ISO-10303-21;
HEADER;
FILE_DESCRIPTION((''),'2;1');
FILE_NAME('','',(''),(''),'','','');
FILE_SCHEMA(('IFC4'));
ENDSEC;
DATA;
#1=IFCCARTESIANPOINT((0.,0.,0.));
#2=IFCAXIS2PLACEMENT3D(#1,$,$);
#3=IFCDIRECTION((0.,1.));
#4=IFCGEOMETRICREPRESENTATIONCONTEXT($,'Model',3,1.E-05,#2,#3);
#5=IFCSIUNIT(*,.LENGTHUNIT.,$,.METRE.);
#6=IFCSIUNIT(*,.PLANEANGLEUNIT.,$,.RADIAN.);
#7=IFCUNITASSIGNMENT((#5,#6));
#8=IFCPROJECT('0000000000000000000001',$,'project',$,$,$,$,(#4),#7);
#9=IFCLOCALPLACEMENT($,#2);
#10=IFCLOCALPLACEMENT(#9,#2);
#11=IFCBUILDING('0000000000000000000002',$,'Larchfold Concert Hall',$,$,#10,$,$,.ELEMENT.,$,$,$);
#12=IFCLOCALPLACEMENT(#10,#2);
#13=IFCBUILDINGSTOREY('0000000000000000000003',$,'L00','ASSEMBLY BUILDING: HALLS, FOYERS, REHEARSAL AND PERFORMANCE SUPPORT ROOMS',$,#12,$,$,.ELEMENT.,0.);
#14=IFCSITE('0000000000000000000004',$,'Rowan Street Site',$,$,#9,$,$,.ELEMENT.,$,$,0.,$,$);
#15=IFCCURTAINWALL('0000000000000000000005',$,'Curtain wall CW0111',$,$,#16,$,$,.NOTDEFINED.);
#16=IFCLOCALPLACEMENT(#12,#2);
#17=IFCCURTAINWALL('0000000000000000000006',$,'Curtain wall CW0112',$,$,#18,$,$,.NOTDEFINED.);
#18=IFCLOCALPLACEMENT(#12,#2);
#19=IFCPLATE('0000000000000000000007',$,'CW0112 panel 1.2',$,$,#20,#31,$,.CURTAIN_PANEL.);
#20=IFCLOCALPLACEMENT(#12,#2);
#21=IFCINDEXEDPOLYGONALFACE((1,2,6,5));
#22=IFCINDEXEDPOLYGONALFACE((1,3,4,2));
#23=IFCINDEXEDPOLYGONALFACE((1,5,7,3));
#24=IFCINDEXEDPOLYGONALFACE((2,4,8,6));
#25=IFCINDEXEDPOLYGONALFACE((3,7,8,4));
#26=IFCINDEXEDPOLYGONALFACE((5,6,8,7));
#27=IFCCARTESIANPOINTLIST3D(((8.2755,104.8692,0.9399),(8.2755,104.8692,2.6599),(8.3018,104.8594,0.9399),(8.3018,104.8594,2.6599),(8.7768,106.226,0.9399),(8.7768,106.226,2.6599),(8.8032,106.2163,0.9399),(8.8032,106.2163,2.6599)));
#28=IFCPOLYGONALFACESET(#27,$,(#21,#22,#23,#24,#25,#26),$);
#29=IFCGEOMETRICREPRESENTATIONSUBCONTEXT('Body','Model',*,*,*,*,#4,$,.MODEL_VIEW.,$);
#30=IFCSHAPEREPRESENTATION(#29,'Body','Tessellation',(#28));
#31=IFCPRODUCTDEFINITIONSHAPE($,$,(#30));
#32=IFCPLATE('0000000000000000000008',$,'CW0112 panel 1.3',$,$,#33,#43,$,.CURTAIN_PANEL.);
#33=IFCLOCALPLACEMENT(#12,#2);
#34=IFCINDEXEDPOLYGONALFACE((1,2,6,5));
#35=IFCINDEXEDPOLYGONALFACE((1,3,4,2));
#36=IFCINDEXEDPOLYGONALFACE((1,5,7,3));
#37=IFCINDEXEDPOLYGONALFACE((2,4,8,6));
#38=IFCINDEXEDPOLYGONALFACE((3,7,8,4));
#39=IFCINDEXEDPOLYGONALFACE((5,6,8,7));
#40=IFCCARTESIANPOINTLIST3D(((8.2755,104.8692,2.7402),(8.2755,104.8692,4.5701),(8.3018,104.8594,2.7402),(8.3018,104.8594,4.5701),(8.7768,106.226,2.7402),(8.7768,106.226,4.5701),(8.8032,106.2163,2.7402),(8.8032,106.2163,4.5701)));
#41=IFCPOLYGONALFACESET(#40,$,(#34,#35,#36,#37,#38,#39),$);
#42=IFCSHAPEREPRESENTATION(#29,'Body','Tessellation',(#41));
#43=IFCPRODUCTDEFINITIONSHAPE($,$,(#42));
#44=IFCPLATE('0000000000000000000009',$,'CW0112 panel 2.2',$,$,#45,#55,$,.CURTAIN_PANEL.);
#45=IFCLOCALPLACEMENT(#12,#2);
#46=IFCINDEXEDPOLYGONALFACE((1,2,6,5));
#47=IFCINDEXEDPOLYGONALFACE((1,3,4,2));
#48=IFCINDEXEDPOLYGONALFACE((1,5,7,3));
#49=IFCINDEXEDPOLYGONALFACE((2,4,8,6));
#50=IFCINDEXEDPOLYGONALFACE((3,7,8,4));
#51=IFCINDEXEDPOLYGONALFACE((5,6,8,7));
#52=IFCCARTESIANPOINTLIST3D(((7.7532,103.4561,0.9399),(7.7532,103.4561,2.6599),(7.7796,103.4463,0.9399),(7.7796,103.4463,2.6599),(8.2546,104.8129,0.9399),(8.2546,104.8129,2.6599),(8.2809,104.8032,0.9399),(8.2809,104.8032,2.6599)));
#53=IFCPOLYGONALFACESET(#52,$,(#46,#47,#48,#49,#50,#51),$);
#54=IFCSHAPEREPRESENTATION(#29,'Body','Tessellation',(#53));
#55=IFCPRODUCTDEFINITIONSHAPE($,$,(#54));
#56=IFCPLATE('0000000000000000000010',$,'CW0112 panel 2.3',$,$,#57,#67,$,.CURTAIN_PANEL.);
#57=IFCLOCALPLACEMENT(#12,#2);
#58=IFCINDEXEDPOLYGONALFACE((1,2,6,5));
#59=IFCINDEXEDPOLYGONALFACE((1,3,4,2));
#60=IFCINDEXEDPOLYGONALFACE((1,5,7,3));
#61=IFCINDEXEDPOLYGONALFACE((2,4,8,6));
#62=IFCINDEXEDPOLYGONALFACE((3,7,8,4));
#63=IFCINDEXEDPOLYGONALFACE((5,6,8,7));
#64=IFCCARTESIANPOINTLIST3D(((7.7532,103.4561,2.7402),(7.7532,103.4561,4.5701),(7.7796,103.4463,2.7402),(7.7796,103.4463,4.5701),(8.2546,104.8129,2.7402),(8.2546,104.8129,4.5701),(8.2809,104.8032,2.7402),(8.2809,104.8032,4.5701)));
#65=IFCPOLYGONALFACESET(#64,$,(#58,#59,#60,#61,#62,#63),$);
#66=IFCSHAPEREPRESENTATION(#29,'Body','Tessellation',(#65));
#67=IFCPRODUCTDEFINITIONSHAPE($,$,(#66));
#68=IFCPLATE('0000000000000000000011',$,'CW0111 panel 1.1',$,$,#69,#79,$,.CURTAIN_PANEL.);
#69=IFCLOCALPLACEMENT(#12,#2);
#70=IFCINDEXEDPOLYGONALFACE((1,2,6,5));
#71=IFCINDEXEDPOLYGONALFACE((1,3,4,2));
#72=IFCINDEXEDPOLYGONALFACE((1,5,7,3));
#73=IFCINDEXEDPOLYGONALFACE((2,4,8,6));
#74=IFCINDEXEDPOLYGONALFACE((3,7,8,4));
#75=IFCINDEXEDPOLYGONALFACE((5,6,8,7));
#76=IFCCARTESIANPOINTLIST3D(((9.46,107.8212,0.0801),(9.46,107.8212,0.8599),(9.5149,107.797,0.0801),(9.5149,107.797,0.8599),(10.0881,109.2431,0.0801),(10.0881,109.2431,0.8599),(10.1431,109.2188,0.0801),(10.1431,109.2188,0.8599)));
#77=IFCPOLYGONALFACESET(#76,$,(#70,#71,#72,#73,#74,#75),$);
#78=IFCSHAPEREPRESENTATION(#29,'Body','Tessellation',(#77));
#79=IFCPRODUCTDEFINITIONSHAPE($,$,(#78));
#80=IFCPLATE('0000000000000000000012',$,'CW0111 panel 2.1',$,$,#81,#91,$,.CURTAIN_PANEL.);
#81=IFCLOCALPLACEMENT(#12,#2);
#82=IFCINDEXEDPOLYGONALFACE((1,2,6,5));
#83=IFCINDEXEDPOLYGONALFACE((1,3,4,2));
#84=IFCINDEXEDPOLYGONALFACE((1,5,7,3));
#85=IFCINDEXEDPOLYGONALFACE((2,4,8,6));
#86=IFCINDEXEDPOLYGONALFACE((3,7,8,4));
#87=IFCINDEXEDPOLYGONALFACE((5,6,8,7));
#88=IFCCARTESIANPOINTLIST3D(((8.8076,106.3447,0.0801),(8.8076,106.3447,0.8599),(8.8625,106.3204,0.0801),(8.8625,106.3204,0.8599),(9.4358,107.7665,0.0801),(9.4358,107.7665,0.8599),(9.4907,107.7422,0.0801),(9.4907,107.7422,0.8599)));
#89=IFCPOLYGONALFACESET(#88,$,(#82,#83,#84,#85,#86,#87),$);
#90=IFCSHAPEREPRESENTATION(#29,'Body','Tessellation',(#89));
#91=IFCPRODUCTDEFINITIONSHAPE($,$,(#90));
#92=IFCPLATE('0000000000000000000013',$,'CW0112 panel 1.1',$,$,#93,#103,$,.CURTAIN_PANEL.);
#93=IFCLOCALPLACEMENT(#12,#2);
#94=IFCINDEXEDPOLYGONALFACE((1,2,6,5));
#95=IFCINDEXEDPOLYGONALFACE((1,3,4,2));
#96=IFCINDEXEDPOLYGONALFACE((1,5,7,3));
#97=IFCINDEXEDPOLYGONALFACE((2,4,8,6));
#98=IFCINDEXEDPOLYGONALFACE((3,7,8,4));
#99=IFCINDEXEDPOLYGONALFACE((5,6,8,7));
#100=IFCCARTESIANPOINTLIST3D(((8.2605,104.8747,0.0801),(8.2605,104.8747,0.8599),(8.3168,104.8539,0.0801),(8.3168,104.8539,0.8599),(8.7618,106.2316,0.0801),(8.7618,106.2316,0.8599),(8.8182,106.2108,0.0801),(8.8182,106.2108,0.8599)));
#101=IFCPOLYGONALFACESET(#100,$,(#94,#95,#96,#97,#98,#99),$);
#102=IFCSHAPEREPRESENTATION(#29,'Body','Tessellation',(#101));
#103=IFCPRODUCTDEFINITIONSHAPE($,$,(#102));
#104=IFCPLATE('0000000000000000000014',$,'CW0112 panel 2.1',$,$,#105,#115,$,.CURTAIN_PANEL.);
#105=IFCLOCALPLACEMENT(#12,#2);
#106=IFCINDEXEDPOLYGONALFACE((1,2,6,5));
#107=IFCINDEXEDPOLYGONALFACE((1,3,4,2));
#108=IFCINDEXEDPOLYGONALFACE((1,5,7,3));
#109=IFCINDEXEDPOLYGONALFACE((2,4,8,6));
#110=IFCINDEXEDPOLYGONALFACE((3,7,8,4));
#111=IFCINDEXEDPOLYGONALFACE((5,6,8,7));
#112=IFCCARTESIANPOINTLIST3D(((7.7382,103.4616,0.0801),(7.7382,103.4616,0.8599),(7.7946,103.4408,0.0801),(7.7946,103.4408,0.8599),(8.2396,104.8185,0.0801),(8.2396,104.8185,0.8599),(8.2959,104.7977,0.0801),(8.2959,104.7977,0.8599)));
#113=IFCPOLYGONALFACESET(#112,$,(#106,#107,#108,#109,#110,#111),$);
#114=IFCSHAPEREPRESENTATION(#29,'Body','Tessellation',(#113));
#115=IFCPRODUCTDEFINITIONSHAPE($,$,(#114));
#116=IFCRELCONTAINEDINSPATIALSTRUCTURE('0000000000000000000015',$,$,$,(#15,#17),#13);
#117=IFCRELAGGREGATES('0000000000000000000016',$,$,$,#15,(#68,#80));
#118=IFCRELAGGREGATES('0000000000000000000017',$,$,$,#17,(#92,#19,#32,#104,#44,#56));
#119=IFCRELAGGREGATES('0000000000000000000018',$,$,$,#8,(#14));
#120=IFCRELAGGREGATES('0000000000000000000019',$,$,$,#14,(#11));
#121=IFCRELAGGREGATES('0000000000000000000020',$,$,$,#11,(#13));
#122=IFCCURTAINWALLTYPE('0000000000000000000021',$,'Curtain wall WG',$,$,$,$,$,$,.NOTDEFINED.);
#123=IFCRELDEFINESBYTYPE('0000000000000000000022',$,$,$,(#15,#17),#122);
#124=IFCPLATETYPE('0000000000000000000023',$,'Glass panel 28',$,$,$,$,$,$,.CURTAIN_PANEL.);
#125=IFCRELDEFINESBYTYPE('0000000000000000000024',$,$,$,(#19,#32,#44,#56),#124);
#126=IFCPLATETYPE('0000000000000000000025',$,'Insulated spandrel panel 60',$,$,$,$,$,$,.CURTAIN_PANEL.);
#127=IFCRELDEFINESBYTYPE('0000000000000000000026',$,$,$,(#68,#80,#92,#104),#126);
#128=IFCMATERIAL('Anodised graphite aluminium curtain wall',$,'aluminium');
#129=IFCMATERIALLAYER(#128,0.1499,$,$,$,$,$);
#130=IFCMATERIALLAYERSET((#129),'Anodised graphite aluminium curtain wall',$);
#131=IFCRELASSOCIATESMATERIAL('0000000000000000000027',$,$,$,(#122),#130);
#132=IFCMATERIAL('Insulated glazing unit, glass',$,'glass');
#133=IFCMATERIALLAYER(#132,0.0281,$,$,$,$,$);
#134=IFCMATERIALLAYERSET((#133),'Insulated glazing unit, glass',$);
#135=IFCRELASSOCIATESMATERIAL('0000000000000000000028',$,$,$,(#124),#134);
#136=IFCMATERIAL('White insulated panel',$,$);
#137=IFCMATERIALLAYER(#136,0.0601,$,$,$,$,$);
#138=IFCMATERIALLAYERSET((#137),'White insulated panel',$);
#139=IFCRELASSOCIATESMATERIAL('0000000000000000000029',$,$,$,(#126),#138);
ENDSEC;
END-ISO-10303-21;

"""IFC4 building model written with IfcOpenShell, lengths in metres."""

from ifc_helpers import new_model, si_unit, direction, frame, origin, origin_2d, place, context, subcontext, project, spatial, rectangle, extrude, material, layer, layer_set, type_object, element, aggregate, save


model = new_model("IFC4")

# Units and contexts
model_context = context("Model", 3, precision=1e-05, world=origin(), true_north=direction((0.0, 1.0)))
body_context = subcontext(model_context, "Body", "Model", "MODEL_VIEW")
ifc_project = project(units=[si_unit("LENGTHUNIT", "METRE"), si_unit("PLANEANGLEUNIT", "RADIAN")], contexts=[model_context])

# Site, building, storey
site_placement = place(None, origin())
site = spatial("IfcSite", under=ifc_project, at=site_placement, Name="Rowan Street Site", CompositionType="ELEMENT", RefElevation=0.0)
building_placement = place(site_placement, origin())
building = spatial("IfcBuilding", under=site, at=building_placement, Name="Larchfold Concert Hall", CompositionType="ELEMENT")
storey_placement = place(building_placement, origin())
storey = spatial("IfcBuildingStorey", under=building, at=storey_placement, Name="L00", Description="ASSEMBLY BUILDING: HALLS, FOYERS, REHEARSAL AND PERFORMANCE SUPPORT ROOMS", CompositionType="ELEMENT", Elevation=0.0)

# Curtain walls
ifc_material_1 = material(Name="Anodised graphite aluminium curtain wall", Category="aluminium")
ifc_layer_1 = layer(ifc_material_1, 0.1499)
ifc_layer_set_1 = layer_set([ifc_layer_1], Name="Anodised graphite aluminium curtain wall")
curtain_wall_type = type_object("IfcCurtainWallType", Name="Curtain wall WG", PredefinedType="NOTDEFINED", material=ifc_layer_set_1)
curtain_wall_1_placement = place(storey_placement, origin())
curtain_wall_1 = element("IfcCurtainWall", 1, at=curtain_wall_1_placement, inside=storey, type_object=curtain_wall_type, Name="Curtain wall CW0111", PredefinedType="NOTDEFINED")
curtain_wall_2_placement = place(storey_placement, origin())
curtain_wall_2 = element("IfcCurtainWall", 2, at=curtain_wall_2_placement, inside=storey, type_object=curtain_wall_type, Name="Curtain wall CW0112", PredefinedType="NOTDEFINED")

# Plates
ifc_material_2 = material(Name="Insulated glazing unit, glass", Category="glass")
ifc_layer_2 = layer(ifc_material_2, 0.0281)
ifc_layer_set_2 = layer_set([ifc_layer_2], Name="Insulated glazing unit, glass")
plate_type_1 = type_object("IfcPlateType", Name="Glass panel 28", PredefinedType="CURTAIN_PANEL", material=ifc_layer_set_2)
plate_1_placement = place(storey_placement, frame((8.5393, 105.5427, 0.9399), z_axis=(0.0, 0.0, 1.0), x_axis=(-0.346592, -0.938016, 0.0)))
plate_1 = element("IfcPlate", 3, at=plate_1_placement, type_object=plate_type_1, Name="CW0112 panel 1.2", PredefinedType="CURTAIN_PANEL", context=body_context, shape_type="SweptSolid", body=[
    extrude(rectangle(XDim=1.4465, YDim=0.0281, at=origin_2d()), origin(), (0.0, 0.0, 1.0), 1.72),
])
plate_2_placement = place(storey_placement, frame((8.5393, 105.5427, 2.7402), z_axis=(0.0, 0.0, 1.0), x_axis=(-0.346592, -0.938016, 0.0)))
plate_2 = element("IfcPlate", 4, at=plate_2_placement, type_object=plate_type_1, Name="CW0112 panel 1.3", PredefinedType="CURTAIN_PANEL", context=body_context, shape_type="SweptSolid", body=[
    extrude(rectangle(XDim=1.4465, YDim=0.0281, at=origin_2d()), origin(), (0.0, 0.0, 1.0), 1.8298),
])
plate_3_placement = place(storey_placement, frame((8.0171, 104.1296, 0.9399), z_axis=(0.0, 0.0, 1.0), x_axis=(-0.346592, -0.938016, 0.0)))
plate_3 = element("IfcPlate", 5, at=plate_3_placement, type_object=plate_type_1, Name="CW0112 panel 2.2", PredefinedType="CURTAIN_PANEL", context=body_context, shape_type="SweptSolid", body=[
    extrude(rectangle(XDim=1.4465, YDim=0.0281, at=origin_2d()), origin(), (0.0, 0.0, 1.0), 1.72),
])
plate_4_placement = place(storey_placement, frame((8.0171, 104.1296, 2.7402), z_axis=(0.0, 0.0, 1.0), x_axis=(-0.346592, -0.938016, 0.0)))
plate_4 = element("IfcPlate", 6, at=plate_4_placement, type_object=plate_type_1, Name="CW0112 panel 2.3", PredefinedType="CURTAIN_PANEL", context=body_context, shape_type="SweptSolid", body=[
    extrude(rectangle(XDim=1.4465, YDim=0.0281, at=origin_2d()), origin(), (0.0, 0.0, 1.0), 1.8298),
])
ifc_material_3 = material(Name="White insulated panel")
ifc_layer_3 = layer(ifc_material_3, 0.0601)
ifc_layer_set_3 = layer_set([ifc_layer_3], Name="White insulated panel")
plate_type_2 = type_object("IfcPlateType", Name="Insulated spandrel panel 60", PredefinedType="CURTAIN_PANEL", material=ifc_layer_set_3)
plate_5_placement = place(storey_placement, frame((9.8015, 108.52, 0.0801), z_axis=(0.0, 0.0, 1.0), x_axis=(-0.404126, -0.914703, 0.0)))
plate_5 = element("IfcPlate", 7, at=plate_5_placement, type_object=plate_type_2, Name="CW0111 panel 1.1", PredefinedType="CURTAIN_PANEL", context=body_context, shape_type="SweptSolid", body=[
    extrude(rectangle(XDim=1.5544, YDim=0.0601, at=origin_2d()), origin(), (0.0, 0.0, 1.0), 0.7798),
])
plate_6_placement = place(storey_placement, frame((9.1492, 107.0435, 0.0801), z_axis=(0.0, 0.0, 1.0), x_axis=(-0.404126, -0.914703, 0.0)))
plate_6 = element("IfcPlate", 8, at=plate_6_placement, type_object=plate_type_2, Name="CW0111 panel 2.1", PredefinedType="CURTAIN_PANEL", context=body_context, shape_type="SweptSolid", body=[
    extrude(rectangle(XDim=1.5544, YDim=0.0601, at=origin_2d()), origin(), (0.0, 0.0, 1.0), 0.7798),
])
aggregate(curtain_wall_1, [plate_5, plate_6])
plate_7_placement = place(storey_placement, frame((8.5393, 105.5427, 0.0801), z_axis=(0.0, 0.0, 1.0), x_axis=(-0.346592, -0.938016, 0.0)))
plate_7 = element("IfcPlate", 9, at=plate_7_placement, type_object=plate_type_2, Name="CW0112 panel 1.1", PredefinedType="CURTAIN_PANEL", context=body_context, shape_type="SweptSolid", body=[
    extrude(rectangle(XDim=1.4465, YDim=0.0601, at=origin_2d()), origin(), (0.0, 0.0, 1.0), 0.7798),
])
plate_8_placement = place(storey_placement, frame((8.0171, 104.1296, 0.0801), z_axis=(0.0, 0.0, 1.0), x_axis=(-0.346592, -0.938016, 0.0)))
plate_8 = element("IfcPlate", 10, at=plate_8_placement, type_object=plate_type_2, Name="CW0112 panel 2.1", PredefinedType="CURTAIN_PANEL", context=body_context, shape_type="SweptSolid", body=[
    extrude(rectangle(XDim=1.4465, YDim=0.0601, at=origin_2d()), origin(), (0.0, 0.0, 1.0), 0.7798),
])
aggregate(curtain_wall_2, [plate_7, plate_1, plate_2, plate_8, plate_3, plate_4])

save(model, "model.ifc")
